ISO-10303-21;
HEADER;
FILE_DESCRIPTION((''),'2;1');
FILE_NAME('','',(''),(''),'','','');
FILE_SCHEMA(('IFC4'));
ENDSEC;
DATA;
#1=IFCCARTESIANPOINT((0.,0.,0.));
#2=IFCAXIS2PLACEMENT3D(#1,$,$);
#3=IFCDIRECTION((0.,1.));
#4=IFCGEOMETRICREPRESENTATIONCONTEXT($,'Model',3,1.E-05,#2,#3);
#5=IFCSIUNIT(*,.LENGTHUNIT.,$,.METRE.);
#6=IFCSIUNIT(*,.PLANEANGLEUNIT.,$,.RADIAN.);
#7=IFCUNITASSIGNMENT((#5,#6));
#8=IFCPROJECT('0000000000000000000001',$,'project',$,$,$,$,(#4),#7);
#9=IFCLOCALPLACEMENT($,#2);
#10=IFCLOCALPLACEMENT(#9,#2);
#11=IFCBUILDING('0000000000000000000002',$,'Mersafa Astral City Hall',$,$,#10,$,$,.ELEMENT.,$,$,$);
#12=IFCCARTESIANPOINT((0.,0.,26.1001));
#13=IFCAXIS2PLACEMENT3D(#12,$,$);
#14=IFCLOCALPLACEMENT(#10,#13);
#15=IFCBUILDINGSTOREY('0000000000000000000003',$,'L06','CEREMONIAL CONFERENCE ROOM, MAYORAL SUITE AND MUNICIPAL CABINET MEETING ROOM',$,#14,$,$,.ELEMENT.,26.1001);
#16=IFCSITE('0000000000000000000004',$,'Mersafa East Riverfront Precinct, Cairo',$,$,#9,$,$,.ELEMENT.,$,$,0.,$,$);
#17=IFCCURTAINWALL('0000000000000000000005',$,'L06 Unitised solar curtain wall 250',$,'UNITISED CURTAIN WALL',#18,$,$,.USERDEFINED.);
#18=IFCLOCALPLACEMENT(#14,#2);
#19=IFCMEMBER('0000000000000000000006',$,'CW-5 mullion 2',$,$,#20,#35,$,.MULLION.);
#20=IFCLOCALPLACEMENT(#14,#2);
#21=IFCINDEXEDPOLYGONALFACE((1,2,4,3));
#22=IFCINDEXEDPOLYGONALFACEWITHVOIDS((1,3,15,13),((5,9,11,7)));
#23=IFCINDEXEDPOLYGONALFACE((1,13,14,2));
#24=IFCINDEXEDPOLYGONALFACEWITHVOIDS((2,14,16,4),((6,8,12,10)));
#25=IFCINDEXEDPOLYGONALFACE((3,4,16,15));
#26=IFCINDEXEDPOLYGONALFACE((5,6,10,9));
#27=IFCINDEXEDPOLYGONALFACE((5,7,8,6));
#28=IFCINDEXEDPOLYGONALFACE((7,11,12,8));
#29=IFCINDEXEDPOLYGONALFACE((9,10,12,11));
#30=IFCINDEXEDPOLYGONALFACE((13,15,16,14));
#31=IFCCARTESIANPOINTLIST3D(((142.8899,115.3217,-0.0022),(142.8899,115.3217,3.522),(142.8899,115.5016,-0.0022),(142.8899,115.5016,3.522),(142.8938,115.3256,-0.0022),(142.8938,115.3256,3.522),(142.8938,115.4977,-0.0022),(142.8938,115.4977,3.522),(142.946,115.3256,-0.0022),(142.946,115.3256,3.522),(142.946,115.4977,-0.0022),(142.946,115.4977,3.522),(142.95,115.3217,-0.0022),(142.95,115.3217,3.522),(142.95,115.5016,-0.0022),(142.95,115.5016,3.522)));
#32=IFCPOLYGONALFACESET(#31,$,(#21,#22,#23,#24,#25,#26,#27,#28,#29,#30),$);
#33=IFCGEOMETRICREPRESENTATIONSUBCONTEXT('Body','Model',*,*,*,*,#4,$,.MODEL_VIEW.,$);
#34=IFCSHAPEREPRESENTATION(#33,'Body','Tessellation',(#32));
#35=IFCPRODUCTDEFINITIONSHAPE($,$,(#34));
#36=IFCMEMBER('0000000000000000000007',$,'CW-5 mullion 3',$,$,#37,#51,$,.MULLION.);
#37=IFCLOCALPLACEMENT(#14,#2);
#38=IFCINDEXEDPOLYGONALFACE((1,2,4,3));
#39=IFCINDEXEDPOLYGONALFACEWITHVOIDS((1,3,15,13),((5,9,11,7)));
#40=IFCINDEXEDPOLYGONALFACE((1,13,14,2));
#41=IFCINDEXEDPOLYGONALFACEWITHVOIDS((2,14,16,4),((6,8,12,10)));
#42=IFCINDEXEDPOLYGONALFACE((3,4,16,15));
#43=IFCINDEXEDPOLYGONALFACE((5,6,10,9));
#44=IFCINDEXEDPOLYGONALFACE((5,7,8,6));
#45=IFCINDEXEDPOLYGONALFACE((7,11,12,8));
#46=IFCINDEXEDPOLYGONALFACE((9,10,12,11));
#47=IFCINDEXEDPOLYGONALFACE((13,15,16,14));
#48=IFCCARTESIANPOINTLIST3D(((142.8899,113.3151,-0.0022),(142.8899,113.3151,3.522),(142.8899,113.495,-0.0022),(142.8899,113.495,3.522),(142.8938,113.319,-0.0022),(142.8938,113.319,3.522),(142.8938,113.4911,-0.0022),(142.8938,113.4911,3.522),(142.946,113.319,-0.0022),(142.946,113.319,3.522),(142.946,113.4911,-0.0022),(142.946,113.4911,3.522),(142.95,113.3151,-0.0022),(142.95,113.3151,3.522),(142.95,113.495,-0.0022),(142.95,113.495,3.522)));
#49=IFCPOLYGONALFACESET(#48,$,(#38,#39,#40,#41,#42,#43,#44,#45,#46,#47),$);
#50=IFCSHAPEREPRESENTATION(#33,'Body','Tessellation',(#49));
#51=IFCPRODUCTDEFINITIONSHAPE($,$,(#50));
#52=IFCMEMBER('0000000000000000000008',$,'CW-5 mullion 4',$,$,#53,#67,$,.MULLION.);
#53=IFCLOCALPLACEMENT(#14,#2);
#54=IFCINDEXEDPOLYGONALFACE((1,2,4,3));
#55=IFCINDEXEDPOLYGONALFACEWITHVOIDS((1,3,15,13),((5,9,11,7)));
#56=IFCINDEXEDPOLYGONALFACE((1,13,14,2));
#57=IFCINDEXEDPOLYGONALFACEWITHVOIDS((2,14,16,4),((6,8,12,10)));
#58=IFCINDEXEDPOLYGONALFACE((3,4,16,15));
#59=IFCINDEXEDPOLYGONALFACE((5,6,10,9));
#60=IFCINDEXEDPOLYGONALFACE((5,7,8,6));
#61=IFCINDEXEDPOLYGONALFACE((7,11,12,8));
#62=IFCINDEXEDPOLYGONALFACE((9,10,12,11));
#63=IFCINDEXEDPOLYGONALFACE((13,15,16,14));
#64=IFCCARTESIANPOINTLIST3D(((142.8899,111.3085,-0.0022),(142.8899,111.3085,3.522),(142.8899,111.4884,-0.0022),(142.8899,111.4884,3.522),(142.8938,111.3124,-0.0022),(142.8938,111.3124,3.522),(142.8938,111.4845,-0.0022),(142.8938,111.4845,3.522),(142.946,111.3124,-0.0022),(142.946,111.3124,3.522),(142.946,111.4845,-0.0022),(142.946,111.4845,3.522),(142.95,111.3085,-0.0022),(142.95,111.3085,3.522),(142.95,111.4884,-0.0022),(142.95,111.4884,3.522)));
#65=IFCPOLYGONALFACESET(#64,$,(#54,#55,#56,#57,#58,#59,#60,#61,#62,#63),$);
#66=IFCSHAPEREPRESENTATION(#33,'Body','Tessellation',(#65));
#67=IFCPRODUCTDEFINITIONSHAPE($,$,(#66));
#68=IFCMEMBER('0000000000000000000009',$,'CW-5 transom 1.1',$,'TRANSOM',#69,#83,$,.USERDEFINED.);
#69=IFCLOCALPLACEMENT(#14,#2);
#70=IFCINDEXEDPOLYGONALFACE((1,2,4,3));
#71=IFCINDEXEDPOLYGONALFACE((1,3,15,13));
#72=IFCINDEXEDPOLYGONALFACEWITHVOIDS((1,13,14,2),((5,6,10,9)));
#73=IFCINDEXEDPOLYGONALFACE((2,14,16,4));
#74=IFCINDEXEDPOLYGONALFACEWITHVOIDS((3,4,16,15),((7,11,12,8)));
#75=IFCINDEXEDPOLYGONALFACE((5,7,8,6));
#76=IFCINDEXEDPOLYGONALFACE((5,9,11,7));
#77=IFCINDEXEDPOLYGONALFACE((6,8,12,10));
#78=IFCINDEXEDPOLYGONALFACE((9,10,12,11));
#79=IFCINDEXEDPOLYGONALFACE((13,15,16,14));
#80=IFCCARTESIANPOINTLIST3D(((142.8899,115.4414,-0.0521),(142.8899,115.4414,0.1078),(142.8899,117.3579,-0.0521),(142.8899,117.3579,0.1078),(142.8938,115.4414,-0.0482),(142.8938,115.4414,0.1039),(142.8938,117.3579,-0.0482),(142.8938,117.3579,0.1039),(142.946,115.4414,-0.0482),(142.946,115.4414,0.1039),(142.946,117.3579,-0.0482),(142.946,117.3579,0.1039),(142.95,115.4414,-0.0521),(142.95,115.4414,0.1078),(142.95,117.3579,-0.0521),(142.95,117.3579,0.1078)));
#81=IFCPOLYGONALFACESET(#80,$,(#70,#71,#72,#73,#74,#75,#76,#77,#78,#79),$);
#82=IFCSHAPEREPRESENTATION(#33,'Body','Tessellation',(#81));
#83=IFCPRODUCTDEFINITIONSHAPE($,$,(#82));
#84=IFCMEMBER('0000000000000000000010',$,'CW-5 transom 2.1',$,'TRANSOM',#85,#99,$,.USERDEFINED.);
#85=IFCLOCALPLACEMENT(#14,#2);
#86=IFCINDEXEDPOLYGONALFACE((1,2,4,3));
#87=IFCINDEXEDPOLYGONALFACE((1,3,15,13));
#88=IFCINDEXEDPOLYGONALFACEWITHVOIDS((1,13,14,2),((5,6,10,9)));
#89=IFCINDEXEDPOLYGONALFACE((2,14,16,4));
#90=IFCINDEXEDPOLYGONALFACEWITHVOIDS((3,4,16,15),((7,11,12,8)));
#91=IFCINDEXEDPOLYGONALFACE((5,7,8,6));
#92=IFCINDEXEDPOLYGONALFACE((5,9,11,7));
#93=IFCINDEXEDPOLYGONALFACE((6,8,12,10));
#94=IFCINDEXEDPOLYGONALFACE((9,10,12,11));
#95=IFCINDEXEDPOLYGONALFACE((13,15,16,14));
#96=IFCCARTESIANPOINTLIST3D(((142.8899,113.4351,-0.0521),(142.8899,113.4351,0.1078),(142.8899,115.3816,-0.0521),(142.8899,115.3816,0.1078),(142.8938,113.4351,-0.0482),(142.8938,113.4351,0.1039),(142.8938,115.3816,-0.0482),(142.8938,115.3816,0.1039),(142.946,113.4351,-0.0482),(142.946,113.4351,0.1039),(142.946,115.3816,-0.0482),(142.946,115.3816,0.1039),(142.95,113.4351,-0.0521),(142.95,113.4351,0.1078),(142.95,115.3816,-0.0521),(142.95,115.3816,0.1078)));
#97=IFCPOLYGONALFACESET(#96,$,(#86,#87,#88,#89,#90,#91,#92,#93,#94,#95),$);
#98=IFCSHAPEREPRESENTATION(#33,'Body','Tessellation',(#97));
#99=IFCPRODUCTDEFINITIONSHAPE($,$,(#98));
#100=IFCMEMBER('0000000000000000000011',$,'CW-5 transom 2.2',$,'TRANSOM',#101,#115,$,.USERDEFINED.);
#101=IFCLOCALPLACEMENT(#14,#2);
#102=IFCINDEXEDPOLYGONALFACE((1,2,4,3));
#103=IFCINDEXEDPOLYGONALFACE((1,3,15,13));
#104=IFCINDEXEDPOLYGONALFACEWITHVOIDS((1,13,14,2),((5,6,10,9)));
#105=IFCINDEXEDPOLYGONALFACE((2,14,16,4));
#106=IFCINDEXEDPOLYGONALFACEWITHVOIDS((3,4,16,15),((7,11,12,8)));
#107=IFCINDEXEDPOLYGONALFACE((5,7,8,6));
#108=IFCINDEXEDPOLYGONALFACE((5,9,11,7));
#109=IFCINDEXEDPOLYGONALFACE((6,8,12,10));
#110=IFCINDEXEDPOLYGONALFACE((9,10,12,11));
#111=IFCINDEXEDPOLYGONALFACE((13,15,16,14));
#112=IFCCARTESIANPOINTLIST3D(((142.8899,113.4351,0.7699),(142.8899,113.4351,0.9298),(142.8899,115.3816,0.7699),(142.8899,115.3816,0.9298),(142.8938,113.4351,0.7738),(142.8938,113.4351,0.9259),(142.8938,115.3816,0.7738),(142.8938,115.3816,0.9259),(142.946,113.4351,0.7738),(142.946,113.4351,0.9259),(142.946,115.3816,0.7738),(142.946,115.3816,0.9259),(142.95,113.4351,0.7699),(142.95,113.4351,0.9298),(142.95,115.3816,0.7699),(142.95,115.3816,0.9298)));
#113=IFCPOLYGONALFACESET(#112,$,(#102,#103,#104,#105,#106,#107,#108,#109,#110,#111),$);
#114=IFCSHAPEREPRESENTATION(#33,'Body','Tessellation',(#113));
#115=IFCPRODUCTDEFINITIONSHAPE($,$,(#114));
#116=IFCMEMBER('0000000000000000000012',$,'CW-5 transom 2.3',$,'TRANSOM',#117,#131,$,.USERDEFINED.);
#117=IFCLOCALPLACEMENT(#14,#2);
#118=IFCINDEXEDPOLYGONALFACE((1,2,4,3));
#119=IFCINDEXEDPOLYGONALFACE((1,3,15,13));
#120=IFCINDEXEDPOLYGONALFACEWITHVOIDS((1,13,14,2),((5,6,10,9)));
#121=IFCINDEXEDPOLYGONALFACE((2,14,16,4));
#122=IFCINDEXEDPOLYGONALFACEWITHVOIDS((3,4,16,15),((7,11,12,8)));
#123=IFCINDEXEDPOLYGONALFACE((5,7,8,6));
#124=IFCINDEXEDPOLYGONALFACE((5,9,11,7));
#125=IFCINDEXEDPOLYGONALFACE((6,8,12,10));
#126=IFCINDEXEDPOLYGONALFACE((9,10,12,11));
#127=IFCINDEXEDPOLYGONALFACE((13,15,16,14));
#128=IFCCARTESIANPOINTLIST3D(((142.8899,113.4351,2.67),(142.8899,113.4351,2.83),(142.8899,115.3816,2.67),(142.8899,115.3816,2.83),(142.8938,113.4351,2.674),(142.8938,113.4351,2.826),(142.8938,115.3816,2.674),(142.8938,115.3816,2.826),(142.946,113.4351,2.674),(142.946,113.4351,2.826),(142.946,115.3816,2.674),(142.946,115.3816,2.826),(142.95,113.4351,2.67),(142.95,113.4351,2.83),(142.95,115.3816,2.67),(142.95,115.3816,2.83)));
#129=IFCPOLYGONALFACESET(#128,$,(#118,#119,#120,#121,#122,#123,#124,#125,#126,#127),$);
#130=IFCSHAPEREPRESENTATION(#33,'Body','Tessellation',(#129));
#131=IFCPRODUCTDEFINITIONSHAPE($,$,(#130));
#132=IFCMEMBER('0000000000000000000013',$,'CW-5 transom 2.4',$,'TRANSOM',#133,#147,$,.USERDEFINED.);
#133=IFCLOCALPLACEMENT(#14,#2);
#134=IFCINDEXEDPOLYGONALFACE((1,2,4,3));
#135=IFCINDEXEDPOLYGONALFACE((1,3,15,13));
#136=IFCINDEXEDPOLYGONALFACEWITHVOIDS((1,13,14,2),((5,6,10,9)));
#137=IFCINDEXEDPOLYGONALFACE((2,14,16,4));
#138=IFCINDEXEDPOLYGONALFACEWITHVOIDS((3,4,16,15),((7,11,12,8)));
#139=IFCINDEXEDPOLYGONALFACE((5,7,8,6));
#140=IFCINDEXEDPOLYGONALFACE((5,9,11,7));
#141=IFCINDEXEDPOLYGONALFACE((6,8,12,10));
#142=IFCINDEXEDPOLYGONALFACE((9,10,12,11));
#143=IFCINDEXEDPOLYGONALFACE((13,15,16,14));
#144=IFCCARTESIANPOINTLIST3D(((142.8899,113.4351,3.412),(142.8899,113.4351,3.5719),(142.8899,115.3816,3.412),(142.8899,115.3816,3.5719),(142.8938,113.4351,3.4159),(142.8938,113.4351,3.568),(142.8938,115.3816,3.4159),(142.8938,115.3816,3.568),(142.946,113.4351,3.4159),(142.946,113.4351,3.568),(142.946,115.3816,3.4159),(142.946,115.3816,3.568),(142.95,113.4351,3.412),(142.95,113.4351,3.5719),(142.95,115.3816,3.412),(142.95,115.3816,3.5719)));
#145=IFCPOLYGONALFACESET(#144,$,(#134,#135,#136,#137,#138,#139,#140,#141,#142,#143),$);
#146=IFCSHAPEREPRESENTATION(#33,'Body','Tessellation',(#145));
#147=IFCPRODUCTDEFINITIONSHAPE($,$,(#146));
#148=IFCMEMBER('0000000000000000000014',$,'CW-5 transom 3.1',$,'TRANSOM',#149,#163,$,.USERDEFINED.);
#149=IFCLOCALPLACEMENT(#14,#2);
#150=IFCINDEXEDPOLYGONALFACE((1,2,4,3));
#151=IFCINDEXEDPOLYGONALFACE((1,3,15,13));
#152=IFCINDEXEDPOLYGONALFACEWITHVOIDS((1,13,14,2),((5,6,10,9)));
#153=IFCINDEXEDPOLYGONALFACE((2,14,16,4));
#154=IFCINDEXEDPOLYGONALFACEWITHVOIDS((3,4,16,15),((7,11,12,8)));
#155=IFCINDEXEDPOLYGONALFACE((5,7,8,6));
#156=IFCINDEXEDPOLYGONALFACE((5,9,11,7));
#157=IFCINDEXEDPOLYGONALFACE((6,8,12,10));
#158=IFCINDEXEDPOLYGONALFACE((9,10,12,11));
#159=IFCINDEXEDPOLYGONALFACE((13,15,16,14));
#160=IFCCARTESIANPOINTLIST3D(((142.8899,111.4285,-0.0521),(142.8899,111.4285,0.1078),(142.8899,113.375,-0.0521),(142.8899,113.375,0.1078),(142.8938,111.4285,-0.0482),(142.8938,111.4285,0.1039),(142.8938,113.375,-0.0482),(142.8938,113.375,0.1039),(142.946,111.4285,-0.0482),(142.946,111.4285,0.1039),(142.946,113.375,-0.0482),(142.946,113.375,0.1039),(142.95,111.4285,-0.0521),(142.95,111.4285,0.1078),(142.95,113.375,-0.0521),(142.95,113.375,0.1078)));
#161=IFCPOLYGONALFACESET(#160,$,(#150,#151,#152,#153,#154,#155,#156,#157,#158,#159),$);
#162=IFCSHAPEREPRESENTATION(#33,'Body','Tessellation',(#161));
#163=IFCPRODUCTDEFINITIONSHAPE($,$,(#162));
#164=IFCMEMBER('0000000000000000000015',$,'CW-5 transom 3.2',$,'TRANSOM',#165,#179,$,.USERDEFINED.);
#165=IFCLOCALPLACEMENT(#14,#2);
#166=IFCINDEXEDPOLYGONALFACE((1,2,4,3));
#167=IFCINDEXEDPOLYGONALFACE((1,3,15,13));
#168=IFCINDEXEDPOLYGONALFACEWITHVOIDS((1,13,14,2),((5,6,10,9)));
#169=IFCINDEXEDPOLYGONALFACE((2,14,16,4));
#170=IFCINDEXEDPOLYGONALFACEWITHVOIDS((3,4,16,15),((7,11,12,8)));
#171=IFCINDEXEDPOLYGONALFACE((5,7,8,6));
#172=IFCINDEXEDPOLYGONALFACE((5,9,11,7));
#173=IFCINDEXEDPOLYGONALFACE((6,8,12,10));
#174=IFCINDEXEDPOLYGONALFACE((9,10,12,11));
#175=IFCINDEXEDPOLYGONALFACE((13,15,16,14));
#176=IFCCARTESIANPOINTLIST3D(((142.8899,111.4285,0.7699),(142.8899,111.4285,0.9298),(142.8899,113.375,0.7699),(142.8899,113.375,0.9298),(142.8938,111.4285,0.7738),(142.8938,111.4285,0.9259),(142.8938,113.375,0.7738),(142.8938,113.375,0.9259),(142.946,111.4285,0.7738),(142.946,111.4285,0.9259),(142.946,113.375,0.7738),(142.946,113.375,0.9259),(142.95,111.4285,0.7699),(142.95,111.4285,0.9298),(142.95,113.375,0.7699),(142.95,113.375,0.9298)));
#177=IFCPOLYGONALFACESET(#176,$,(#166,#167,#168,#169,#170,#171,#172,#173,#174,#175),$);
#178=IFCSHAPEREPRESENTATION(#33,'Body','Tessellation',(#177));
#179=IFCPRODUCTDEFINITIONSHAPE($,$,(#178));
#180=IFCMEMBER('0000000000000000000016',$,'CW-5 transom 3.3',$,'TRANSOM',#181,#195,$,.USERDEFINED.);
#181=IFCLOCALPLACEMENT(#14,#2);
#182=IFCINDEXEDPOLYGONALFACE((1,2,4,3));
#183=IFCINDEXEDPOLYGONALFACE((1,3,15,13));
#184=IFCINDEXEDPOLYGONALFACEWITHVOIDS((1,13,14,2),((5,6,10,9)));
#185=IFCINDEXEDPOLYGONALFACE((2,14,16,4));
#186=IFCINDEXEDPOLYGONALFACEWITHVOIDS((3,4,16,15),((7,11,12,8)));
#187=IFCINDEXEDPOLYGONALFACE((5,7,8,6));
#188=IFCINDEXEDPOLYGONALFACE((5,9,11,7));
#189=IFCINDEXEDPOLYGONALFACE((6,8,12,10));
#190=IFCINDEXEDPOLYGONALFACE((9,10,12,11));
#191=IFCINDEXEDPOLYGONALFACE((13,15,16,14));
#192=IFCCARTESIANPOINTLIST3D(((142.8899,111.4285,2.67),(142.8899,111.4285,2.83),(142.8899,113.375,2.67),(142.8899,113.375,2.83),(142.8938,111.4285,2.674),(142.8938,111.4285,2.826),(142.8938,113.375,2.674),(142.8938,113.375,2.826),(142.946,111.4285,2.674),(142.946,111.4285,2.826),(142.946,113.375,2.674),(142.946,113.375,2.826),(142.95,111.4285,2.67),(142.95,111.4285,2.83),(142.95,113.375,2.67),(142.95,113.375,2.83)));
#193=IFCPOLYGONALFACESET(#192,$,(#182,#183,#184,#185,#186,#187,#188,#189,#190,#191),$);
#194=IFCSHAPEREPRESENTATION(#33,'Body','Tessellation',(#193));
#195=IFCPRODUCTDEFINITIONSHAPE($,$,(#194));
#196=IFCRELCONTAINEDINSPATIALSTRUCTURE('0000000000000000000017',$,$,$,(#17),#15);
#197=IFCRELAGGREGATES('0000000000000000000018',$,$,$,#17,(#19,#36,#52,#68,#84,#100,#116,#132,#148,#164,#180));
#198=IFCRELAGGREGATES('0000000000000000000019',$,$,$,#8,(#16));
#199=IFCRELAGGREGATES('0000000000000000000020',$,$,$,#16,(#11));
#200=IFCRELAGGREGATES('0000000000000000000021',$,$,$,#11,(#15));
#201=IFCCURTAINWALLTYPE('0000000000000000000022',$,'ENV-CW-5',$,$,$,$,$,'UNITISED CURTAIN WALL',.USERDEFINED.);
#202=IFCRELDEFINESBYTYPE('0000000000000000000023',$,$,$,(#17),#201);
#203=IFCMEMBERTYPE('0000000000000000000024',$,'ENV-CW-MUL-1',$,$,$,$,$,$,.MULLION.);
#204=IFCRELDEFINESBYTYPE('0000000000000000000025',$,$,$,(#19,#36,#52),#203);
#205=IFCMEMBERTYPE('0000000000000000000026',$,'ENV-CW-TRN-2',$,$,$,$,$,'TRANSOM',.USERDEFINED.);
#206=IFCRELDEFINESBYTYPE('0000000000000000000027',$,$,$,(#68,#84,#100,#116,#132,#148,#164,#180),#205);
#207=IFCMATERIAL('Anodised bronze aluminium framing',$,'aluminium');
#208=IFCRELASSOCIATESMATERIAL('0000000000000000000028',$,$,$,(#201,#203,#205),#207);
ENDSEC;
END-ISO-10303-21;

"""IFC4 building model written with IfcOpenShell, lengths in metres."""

from ifc_helpers import new_model, si_unit, direction, frame, origin, origin_2d, place, context, subcontext, project, spatial, hollow_rectangle, extrude, material, material_profile, profile_set, type_object, element, aggregate, save


model = new_model("IFC4")

# Units and contexts
model_context = context("Model", 3, precision=1e-05, world=origin(), true_north=direction((0.0, 1.0)))
body_context = subcontext(model_context, "Body", "Model", "MODEL_VIEW")
ifc_project = project(units=[si_unit("LENGTHUNIT", "METRE"), si_unit("PLANEANGLEUNIT", "RADIAN")], contexts=[model_context])

# Site, building, storey
site_placement = place(None, origin())
site = spatial("IfcSite", under=ifc_project, at=site_placement, Name="Mersafa East Riverfront Precinct, Cairo", CompositionType="ELEMENT", RefElevation=0.0)
building_placement = place(site_placement, origin())
building = spatial("IfcBuilding", under=site, at=building_placement, Name="Mersafa Astral City Hall", CompositionType="ELEMENT")
storey_placement = place(building_placement, frame((0.0, 0.0, 26.1001)))
storey = spatial("IfcBuildingStorey", under=building, at=storey_placement, Name="L06", Description="CEREMONIAL CONFERENCE ROOM, MAYORAL SUITE AND MUNICIPAL CABINET MEETING ROOM", CompositionType="ELEMENT", Elevation=26.1001)

# Curtain wall, members
ifc_material_1 = material(Name="Anodised bronze aluminium framing", Category="aluminium")
curtain_wall_type = type_object("IfcCurtainWallType", Name="ENV-CW-5", ElementType="UNITISED CURTAIN WALL", PredefinedType="USERDEFINED", material=ifc_material_1)
curtain_wall_placement = place(storey_placement, origin())
curtain_wall = element("IfcCurtainWall", 1, at=curtain_wall_placement, inside=storey, type_object=curtain_wall_type, Name="L06 Unitised solar curtain wall 250", ObjectType="UNITISED CURTAIN WALL", PredefinedType="USERDEFINED")
ifc_material_profile_1 = material_profile(ifc_material_1, hollow_rectangle(XDim=0.0601, YDim=0.1799, WallThickness=0.0039, at=origin_2d()), Name="RHS 60x180x4")
ifc_profile_set_1 = profile_set([ifc_material_profile_1], Name="Anodised bronze aluminium framing")
member_type_1 = type_object("IfcMemberType", Name="ENV-CW-MUL-1", PredefinedType="MULLION", material=ifc_profile_set_1)
member_1_placement = place(storey_placement, frame((142.9199, 115.4116, -0.0022), z_axis=(0.0, 0.0, 1.0), x_axis=(1.0, 0.0, 0.0)))
member_1 = element("IfcMember", 2, at=member_1_placement, type_object=member_type_1, Name="CW-5 mullion 2", PredefinedType="MULLION", context=body_context, shape_type="SweptSolid", body=[
    extrude(hollow_rectangle(XDim=0.0601, YDim=0.1799, WallThickness=0.0039, at=origin_2d()), origin(), (0.0, 0.0, 1.0), 3.5242),
])
member_2_placement = place(storey_placement, frame((142.9199, 113.405, -0.0022), z_axis=(0.0, 0.0, 1.0), x_axis=(1.0, 0.0, 0.0)))
member_2 = element("IfcMember", 3, at=member_2_placement, type_object=member_type_1, Name="CW-5 mullion 3", PredefinedType="MULLION", context=body_context, shape_type="SweptSolid", body=[
    extrude(hollow_rectangle(XDim=0.0601, YDim=0.1799, WallThickness=0.0039, at=origin_2d()), origin(), (0.0, 0.0, 1.0), 3.5242),
])
member_3_placement = place(storey_placement, frame((142.9199, 111.3984, -0.0022), z_axis=(0.0, 0.0, 1.0), x_axis=(1.0, 0.0, 0.0)))
member_3 = element("IfcMember", 4, at=member_3_placement, type_object=member_type_1, Name="CW-5 mullion 4", PredefinedType="MULLION", context=body_context, shape_type="SweptSolid", body=[
    extrude(hollow_rectangle(XDim=0.0601, YDim=0.1799, WallThickness=0.0039, at=origin_2d()), origin(), (0.0, 0.0, 1.0), 3.5242),
])
ifc_material_profile_2 = material_profile(ifc_material_1, hollow_rectangle(XDim=0.0601, YDim=0.1599, WallThickness=0.0039, at=origin_2d()), Name="RHS 60x160x4")
ifc_profile_set_2 = profile_set([ifc_material_profile_2], Name="Anodised bronze aluminium framing")
member_type_2 = type_object("IfcMemberType", Name="ENV-CW-TRN-2", ElementType="TRANSOM", PredefinedType="USERDEFINED", material=ifc_profile_set_2)
member_4_placement = place(storey_placement, frame((142.9199, 117.3579, 0.0278), z_axis=(0.0, -1.0, 0.0), x_axis=(1.0, 0.0, 0.0)))
member_4 = element("IfcMember", 5, at=member_4_placement, type_object=member_type_2, Name="CW-5 transom 1.1", ObjectType="TRANSOM", PredefinedType="USERDEFINED", context=body_context, shape_type="SweptSolid", body=[
    extrude(hollow_rectangle(XDim=0.0601, YDim=0.1599, WallThickness=0.0039, at=origin_2d()), origin(), (0.0, 0.0, 1.0), 1.9165),
])
member_5_placement = place(storey_placement, frame((142.9199, 115.3816, 0.0278), z_axis=(0.0, -1.0, 0.0), x_axis=(1.0, 0.0, 0.0)))
member_5 = element("IfcMember", 6, at=member_5_placement, type_object=member_type_2, Name="CW-5 transom 2.1", ObjectType="TRANSOM", PredefinedType="USERDEFINED", context=body_context, shape_type="SweptSolid", body=[
    extrude(hollow_rectangle(XDim=0.0601, YDim=0.1599, WallThickness=0.0039, at=origin_2d()), origin(), (0.0, 0.0, 1.0), 1.9465),
])
member_6_placement = place(storey_placement, frame((142.9199, 115.3816, 0.8499), z_axis=(0.0, -1.0, 0.0), x_axis=(1.0, 0.0, 0.0)))
member_6 = element("IfcMember", 7, at=member_6_placement, type_object=member_type_2, Name="CW-5 transom 2.2", ObjectType="TRANSOM", PredefinedType="USERDEFINED", context=body_context, shape_type="SweptSolid", body=[
    extrude(hollow_rectangle(XDim=0.0601, YDim=0.1599, WallThickness=0.0039, at=origin_2d()), origin(), (0.0, 0.0, 1.0), 1.9465),
])
member_7_placement = place(storey_placement, frame((142.9199, 115.3816, 2.75), z_axis=(0.0, -1.0, 0.0), x_axis=(1.0, 0.0, 0.0)))
member_7 = element("IfcMember", 8, at=member_7_placement, type_object=member_type_2, Name="CW-5 transom 2.3", ObjectType="TRANSOM", PredefinedType="USERDEFINED", context=body_context, shape_type="SweptSolid", body=[
    extrude(hollow_rectangle(XDim=0.0601, YDim=0.1599, WallThickness=0.0039, at=origin_2d()), origin(), (0.0, 0.0, 1.0), 1.9465),
])
member_8_placement = place(storey_placement, frame((142.9199, 115.3816, 3.4919), z_axis=(0.0, -1.0, 0.0), x_axis=(1.0, 0.0, 0.0)))
member_8 = element("IfcMember", 9, at=member_8_placement, type_object=member_type_2, Name="CW-5 transom 2.4", ObjectType="TRANSOM", PredefinedType="USERDEFINED", context=body_context, shape_type="SweptSolid", body=[
    extrude(hollow_rectangle(XDim=0.0601, YDim=0.1599, WallThickness=0.0039, at=origin_2d()), origin(), (0.0, 0.0, 1.0), 1.9465),
])
member_9_placement = place(storey_placement, frame((142.9199, 113.375, 0.0278), z_axis=(0.0, -1.0, 0.0), x_axis=(1.0, 0.0, 0.0)))
member_9 = element("IfcMember", 10, at=member_9_placement, type_object=member_type_2, Name="CW-5 transom 3.1", ObjectType="TRANSOM", PredefinedType="USERDEFINED", context=body_context, shape_type="SweptSolid", body=[
    extrude(hollow_rectangle(XDim=0.0601, YDim=0.1599, WallThickness=0.0039, at=origin_2d()), origin(), (0.0, 0.0, 1.0), 1.9465),
])
member_10_placement = place(storey_placement, frame((142.9199, 113.375, 0.8499), z_axis=(0.0, -1.0, 0.0), x_axis=(1.0, 0.0, 0.0)))
member_10 = element("IfcMember", 11, at=member_10_placement, type_object=member_type_2, Name="CW-5 transom 3.2", ObjectType="TRANSOM", PredefinedType="USERDEFINED", context=body_context, shape_type="SweptSolid", body=[
    extrude(hollow_rectangle(XDim=0.0601, YDim=0.1599, WallThickness=0.0039, at=origin_2d()), origin(), (0.0, 0.0, 1.0), 1.9465),
])
member_11_placement = place(storey_placement, frame((142.9199, 113.375, 2.75), z_axis=(0.0, -1.0, 0.0), x_axis=(1.0, 0.0, 0.0)))
member_11 = element("IfcMember", 12, at=member_11_placement, type_object=member_type_2, Name="CW-5 transom 3.3", ObjectType="TRANSOM", PredefinedType="USERDEFINED", context=body_context, shape_type="SweptSolid", body=[
    extrude(hollow_rectangle(XDim=0.0601, YDim=0.1599, WallThickness=0.0039, at=origin_2d()), origin(), (0.0, 0.0, 1.0), 1.9465),
])
aggregate(curtain_wall, [member_1, member_2, member_3, member_4, member_5, member_6, member_7, member_8, member_9, member_10, member_11])

save(model, "model.ifc")
